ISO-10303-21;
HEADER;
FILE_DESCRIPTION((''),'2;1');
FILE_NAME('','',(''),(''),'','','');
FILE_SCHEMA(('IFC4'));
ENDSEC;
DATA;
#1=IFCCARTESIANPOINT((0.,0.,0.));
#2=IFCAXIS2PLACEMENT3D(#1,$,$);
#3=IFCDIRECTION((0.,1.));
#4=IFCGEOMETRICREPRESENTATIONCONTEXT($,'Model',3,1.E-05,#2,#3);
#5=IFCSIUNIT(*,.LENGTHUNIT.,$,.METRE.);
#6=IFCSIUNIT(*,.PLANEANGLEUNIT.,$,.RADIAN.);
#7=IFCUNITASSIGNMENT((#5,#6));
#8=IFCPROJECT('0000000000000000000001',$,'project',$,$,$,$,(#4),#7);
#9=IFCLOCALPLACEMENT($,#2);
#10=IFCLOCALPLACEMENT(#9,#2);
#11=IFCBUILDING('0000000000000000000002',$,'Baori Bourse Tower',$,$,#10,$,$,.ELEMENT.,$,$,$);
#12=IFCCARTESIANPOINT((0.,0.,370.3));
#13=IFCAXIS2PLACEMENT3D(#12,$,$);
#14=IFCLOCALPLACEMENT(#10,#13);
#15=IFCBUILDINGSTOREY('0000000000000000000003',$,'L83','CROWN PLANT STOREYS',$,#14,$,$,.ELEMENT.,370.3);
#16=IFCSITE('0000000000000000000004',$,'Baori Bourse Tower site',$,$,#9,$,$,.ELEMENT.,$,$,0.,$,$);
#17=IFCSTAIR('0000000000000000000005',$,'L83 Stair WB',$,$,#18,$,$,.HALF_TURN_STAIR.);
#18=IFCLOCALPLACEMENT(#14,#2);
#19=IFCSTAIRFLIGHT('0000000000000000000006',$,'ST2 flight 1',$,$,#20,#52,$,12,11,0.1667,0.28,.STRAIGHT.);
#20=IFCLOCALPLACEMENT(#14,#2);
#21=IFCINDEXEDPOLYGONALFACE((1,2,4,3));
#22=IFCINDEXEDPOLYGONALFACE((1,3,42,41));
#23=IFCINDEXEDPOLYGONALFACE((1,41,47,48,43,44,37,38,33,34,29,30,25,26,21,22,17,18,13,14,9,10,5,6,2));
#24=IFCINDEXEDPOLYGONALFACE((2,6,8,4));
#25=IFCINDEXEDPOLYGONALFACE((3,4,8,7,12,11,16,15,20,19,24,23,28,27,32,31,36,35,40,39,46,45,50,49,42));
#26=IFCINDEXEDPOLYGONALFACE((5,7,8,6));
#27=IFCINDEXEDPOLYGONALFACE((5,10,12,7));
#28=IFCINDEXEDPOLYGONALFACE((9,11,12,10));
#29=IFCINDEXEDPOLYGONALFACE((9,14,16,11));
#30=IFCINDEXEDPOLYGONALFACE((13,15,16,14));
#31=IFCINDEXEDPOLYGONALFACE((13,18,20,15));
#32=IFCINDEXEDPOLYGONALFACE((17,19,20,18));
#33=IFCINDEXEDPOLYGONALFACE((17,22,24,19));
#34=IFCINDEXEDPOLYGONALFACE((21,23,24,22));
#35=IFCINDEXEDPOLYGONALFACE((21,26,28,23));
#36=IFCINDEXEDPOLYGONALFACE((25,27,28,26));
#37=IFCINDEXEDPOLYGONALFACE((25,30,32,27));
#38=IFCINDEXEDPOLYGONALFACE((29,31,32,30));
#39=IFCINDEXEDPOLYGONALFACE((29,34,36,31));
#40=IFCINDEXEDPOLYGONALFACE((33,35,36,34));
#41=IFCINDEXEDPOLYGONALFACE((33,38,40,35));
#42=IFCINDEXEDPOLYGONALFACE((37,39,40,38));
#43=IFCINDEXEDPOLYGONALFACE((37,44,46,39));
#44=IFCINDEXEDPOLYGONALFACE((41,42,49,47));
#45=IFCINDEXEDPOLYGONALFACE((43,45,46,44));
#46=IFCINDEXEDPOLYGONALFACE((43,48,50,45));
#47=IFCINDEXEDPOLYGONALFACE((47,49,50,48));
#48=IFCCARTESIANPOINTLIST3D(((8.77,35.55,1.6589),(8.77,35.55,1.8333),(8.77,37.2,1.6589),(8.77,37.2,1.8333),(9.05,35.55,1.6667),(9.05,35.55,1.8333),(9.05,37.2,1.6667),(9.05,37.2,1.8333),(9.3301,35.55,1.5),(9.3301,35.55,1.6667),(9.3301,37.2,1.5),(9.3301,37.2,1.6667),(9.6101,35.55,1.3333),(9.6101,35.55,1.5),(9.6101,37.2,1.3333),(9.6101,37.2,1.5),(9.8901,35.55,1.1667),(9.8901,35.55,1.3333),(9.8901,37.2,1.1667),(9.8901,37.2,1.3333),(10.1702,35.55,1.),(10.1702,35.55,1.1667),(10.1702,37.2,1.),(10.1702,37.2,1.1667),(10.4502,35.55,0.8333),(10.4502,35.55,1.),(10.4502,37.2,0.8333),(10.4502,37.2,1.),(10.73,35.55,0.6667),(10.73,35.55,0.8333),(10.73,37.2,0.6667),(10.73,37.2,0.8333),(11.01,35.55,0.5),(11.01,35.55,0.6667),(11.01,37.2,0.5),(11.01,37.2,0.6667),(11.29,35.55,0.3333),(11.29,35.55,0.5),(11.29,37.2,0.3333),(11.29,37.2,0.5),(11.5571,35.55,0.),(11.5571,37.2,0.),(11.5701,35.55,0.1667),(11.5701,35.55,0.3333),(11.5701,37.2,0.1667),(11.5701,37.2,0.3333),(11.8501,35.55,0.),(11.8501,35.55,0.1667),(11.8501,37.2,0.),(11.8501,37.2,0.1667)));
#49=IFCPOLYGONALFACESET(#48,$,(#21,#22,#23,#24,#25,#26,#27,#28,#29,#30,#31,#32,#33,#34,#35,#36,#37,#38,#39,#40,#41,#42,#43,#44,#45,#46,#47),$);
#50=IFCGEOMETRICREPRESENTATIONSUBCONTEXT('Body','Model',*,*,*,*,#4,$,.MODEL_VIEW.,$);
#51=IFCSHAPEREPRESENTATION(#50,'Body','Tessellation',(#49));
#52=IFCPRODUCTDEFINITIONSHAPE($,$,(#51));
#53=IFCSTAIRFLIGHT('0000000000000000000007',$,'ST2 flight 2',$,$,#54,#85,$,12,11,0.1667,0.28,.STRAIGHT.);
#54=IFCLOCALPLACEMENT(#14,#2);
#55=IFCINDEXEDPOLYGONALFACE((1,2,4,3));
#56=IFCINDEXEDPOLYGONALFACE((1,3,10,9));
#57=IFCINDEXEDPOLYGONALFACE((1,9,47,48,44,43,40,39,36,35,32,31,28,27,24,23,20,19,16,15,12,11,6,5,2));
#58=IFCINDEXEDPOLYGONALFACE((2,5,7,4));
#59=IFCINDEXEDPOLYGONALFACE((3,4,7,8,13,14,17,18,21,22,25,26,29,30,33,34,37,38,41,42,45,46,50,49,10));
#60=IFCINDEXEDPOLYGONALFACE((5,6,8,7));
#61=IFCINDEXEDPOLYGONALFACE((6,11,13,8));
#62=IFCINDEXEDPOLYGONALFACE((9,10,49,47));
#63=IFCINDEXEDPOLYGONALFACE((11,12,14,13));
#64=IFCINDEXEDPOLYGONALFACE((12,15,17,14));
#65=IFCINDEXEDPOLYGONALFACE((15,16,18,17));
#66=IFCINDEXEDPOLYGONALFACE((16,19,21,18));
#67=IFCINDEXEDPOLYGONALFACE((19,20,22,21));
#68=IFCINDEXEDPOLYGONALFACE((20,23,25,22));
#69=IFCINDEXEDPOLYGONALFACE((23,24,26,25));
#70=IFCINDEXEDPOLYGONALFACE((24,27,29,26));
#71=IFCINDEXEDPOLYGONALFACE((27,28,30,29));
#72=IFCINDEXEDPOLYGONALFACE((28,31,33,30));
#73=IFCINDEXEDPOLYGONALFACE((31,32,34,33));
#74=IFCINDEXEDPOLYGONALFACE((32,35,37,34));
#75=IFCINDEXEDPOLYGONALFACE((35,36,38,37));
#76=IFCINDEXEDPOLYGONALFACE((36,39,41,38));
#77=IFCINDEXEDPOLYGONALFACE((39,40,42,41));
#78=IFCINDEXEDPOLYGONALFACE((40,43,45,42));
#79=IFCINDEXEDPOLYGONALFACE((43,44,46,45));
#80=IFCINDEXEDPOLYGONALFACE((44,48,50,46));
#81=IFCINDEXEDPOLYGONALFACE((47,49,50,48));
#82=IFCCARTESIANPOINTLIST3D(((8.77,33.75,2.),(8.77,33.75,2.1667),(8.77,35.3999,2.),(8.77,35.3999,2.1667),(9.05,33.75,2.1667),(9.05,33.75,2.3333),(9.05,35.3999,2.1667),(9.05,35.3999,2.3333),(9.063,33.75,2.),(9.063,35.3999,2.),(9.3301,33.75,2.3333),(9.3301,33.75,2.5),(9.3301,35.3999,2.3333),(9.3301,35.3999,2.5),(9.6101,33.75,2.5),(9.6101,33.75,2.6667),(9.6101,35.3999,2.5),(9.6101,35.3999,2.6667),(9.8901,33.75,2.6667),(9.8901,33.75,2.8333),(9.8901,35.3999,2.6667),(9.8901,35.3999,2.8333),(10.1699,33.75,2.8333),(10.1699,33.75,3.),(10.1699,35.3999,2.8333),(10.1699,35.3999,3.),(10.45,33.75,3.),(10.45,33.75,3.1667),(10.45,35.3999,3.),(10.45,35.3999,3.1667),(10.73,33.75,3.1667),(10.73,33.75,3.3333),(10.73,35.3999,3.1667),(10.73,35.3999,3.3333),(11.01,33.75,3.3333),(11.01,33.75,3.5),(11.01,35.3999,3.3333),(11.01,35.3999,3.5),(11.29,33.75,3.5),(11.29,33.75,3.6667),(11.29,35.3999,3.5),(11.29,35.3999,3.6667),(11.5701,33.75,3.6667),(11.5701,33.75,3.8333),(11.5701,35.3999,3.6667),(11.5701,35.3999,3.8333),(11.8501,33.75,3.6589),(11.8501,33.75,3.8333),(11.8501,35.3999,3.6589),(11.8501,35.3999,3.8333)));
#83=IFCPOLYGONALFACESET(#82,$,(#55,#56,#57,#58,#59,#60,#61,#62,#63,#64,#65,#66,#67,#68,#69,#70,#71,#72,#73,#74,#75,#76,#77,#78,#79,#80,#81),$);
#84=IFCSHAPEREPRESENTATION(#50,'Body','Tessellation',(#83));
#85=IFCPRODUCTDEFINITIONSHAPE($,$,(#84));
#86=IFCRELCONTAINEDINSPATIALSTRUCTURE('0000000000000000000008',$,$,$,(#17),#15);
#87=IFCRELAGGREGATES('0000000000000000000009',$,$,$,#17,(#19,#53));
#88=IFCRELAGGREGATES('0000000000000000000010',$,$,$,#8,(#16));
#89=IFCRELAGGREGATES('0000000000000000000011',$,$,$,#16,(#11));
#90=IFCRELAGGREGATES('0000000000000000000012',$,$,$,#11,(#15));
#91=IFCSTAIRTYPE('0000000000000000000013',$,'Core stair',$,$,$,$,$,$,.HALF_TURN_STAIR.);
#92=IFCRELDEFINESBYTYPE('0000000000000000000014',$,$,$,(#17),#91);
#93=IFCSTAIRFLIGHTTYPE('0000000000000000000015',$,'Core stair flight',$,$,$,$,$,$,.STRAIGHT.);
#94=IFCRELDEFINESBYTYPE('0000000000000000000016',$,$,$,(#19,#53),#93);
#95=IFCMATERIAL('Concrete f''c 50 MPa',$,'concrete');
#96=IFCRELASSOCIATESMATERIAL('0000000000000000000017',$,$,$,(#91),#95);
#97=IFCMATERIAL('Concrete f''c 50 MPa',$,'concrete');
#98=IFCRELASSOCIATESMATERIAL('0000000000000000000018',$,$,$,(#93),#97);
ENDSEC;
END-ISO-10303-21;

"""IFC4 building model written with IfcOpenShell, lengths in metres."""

from ifc_helpers import new_model, si_unit, direction, frame, origin, place, context, subcontext, project, spatial, polyline, outline, extrude, material, type_object, element, aggregate, save


model = new_model("IFC4")

# Units and contexts
model_context = context("Model", 3, precision=1e-05, world=origin(), true_north=direction((0.0, 1.0)))
body_context = subcontext(model_context, "Body", "Model", "MODEL_VIEW")
ifc_project = project(units=[si_unit("LENGTHUNIT", "METRE"), si_unit("PLANEANGLEUNIT", "RADIAN")], contexts=[model_context])

# Site, building, storey
site_placement = place(None, origin())
site = spatial("IfcSite", under=ifc_project, at=site_placement, Name="Baori Bourse Tower site", CompositionType="ELEMENT", RefElevation=0.0)
building_placement = place(site_placement, origin())
building = spatial("IfcBuilding", under=site, at=building_placement, Name="Baori Bourse Tower", CompositionType="ELEMENT")
storey_placement = place(building_placement, frame((0.0, 0.0, 370.3)))
storey = spatial("IfcBuildingStorey", under=building, at=storey_placement, Name="L83", Description="CROWN PLANT STOREYS", CompositionType="ELEMENT", Elevation=370.3)

# Stair, stair flights
ifc_material_1 = material(Name="Concrete f'c 50 MPa", Category="concrete")
stair_type = type_object("IfcStairType", Name="Core stair", PredefinedType="HALF_TURN_STAIR", material=ifc_material_1)
stair_placement = place(storey_placement, origin())
stair = element("IfcStair", 1, at=stair_placement, inside=storey, type_object=stair_type, Name="L83 Stair WB", PredefinedType="HALF_TURN_STAIR")
ifc_material_2 = material(Name="Concrete f'c 50 MPa", Category="concrete")
stair_flight_type = type_object("IfcStairFlightType", Name="Core stair flight", PredefinedType="STRAIGHT", material=ifc_material_2)
stair_flight_1_placement = place(storey_placement, frame((11.8501, 36.375, 0.0), z_axis=(0.0, 0.0, 1.0), x_axis=(-1.0, 0.0, 0.0)))
stair_flight_1 = element("IfcStairFlight", 2, at=stair_flight_1_placement, type_object=stair_flight_type, Name="ST2 flight 1", NumberOfRisers=12, NumberOfTreads=11, PredefinedType="STRAIGHT", RiserHeight=0.1667, TreadLength=0.28, context=body_context, shape_type="SweptSolid", body=[
    extrude(outline(polyline([(0.0, 0.0), (0.0, 0.1667), (0.28, 0.1667), (0.28, 0.3333), (0.5601, 0.3333), (0.5601, 0.5), (0.8401, 0.5), (0.8401, 0.6667), (1.1201, 0.6667), (1.1201, 0.8333), (1.3999, 0.8333), (1.3999, 1.0), (1.6799, 1.0), (1.6799, 1.1667), (1.96, 1.1667), (1.96, 1.3333), (2.24, 1.3333), (2.24, 1.5), (2.52, 1.5), (2.52, 1.6667), (2.8, 1.6667), (2.8, 1.8333), (3.0801, 1.8333), (3.0801, 2.0), (3.0801, 1.6589), (0.293, 0.0), (0.0, 0.0)])), frame((0.0, 0.825, 0.0), z_axis=(0.0, -1.0, 0.0), x_axis=(1.0, 0.0, 0.0)), (0.0, 0.0, 1.0), 1.6499),
])
stair_flight_2_placement = place(storey_placement, frame((8.77, 34.575, 2.0), z_axis=(0.0, 0.0, 1.0), x_axis=(1.0, 0.0, 0.0)))
stair_flight_2 = element("IfcStairFlight", 3, at=stair_flight_2_placement, type_object=stair_flight_type, Name="ST2 flight 2", NumberOfRisers=12, NumberOfTreads=11, PredefinedType="STRAIGHT", RiserHeight=0.1667, TreadLength=0.28, context=body_context, shape_type="SweptSolid", body=[
    extrude(outline(polyline([(0.0, 0.0), (0.0, 0.1667), (0.28, 0.1667), (0.28, 0.3333), (0.5601, 0.3333), (0.5601, 0.5), (0.8401, 0.5), (0.8401, 0.6667), (1.1201, 0.6667), (1.1201, 0.8333), (1.3999, 0.8333), (1.3999, 1.0), (1.6799, 1.0), (1.6799, 1.1667), (1.96, 1.1667), (1.96, 1.3333), (2.24, 1.3333), (2.24, 1.5), (2.52, 1.5), (2.52, 1.6667), (2.8, 1.6667), (2.8, 1.8333), (3.0801, 1.8333), (3.0801, 2.0), (3.0801, 1.6589), (0.293, 0.0), (0.0, 0.0)])), frame((0.0, 0.825, 0.0), z_axis=(0.0, -1.0, 0.0), x_axis=(1.0, 0.0, 0.0)), (0.0, 0.0, 1.0), 1.6499),
])
aggregate(stair, [stair_flight_1, stair_flight_2])

save(model, "model.ifc")
